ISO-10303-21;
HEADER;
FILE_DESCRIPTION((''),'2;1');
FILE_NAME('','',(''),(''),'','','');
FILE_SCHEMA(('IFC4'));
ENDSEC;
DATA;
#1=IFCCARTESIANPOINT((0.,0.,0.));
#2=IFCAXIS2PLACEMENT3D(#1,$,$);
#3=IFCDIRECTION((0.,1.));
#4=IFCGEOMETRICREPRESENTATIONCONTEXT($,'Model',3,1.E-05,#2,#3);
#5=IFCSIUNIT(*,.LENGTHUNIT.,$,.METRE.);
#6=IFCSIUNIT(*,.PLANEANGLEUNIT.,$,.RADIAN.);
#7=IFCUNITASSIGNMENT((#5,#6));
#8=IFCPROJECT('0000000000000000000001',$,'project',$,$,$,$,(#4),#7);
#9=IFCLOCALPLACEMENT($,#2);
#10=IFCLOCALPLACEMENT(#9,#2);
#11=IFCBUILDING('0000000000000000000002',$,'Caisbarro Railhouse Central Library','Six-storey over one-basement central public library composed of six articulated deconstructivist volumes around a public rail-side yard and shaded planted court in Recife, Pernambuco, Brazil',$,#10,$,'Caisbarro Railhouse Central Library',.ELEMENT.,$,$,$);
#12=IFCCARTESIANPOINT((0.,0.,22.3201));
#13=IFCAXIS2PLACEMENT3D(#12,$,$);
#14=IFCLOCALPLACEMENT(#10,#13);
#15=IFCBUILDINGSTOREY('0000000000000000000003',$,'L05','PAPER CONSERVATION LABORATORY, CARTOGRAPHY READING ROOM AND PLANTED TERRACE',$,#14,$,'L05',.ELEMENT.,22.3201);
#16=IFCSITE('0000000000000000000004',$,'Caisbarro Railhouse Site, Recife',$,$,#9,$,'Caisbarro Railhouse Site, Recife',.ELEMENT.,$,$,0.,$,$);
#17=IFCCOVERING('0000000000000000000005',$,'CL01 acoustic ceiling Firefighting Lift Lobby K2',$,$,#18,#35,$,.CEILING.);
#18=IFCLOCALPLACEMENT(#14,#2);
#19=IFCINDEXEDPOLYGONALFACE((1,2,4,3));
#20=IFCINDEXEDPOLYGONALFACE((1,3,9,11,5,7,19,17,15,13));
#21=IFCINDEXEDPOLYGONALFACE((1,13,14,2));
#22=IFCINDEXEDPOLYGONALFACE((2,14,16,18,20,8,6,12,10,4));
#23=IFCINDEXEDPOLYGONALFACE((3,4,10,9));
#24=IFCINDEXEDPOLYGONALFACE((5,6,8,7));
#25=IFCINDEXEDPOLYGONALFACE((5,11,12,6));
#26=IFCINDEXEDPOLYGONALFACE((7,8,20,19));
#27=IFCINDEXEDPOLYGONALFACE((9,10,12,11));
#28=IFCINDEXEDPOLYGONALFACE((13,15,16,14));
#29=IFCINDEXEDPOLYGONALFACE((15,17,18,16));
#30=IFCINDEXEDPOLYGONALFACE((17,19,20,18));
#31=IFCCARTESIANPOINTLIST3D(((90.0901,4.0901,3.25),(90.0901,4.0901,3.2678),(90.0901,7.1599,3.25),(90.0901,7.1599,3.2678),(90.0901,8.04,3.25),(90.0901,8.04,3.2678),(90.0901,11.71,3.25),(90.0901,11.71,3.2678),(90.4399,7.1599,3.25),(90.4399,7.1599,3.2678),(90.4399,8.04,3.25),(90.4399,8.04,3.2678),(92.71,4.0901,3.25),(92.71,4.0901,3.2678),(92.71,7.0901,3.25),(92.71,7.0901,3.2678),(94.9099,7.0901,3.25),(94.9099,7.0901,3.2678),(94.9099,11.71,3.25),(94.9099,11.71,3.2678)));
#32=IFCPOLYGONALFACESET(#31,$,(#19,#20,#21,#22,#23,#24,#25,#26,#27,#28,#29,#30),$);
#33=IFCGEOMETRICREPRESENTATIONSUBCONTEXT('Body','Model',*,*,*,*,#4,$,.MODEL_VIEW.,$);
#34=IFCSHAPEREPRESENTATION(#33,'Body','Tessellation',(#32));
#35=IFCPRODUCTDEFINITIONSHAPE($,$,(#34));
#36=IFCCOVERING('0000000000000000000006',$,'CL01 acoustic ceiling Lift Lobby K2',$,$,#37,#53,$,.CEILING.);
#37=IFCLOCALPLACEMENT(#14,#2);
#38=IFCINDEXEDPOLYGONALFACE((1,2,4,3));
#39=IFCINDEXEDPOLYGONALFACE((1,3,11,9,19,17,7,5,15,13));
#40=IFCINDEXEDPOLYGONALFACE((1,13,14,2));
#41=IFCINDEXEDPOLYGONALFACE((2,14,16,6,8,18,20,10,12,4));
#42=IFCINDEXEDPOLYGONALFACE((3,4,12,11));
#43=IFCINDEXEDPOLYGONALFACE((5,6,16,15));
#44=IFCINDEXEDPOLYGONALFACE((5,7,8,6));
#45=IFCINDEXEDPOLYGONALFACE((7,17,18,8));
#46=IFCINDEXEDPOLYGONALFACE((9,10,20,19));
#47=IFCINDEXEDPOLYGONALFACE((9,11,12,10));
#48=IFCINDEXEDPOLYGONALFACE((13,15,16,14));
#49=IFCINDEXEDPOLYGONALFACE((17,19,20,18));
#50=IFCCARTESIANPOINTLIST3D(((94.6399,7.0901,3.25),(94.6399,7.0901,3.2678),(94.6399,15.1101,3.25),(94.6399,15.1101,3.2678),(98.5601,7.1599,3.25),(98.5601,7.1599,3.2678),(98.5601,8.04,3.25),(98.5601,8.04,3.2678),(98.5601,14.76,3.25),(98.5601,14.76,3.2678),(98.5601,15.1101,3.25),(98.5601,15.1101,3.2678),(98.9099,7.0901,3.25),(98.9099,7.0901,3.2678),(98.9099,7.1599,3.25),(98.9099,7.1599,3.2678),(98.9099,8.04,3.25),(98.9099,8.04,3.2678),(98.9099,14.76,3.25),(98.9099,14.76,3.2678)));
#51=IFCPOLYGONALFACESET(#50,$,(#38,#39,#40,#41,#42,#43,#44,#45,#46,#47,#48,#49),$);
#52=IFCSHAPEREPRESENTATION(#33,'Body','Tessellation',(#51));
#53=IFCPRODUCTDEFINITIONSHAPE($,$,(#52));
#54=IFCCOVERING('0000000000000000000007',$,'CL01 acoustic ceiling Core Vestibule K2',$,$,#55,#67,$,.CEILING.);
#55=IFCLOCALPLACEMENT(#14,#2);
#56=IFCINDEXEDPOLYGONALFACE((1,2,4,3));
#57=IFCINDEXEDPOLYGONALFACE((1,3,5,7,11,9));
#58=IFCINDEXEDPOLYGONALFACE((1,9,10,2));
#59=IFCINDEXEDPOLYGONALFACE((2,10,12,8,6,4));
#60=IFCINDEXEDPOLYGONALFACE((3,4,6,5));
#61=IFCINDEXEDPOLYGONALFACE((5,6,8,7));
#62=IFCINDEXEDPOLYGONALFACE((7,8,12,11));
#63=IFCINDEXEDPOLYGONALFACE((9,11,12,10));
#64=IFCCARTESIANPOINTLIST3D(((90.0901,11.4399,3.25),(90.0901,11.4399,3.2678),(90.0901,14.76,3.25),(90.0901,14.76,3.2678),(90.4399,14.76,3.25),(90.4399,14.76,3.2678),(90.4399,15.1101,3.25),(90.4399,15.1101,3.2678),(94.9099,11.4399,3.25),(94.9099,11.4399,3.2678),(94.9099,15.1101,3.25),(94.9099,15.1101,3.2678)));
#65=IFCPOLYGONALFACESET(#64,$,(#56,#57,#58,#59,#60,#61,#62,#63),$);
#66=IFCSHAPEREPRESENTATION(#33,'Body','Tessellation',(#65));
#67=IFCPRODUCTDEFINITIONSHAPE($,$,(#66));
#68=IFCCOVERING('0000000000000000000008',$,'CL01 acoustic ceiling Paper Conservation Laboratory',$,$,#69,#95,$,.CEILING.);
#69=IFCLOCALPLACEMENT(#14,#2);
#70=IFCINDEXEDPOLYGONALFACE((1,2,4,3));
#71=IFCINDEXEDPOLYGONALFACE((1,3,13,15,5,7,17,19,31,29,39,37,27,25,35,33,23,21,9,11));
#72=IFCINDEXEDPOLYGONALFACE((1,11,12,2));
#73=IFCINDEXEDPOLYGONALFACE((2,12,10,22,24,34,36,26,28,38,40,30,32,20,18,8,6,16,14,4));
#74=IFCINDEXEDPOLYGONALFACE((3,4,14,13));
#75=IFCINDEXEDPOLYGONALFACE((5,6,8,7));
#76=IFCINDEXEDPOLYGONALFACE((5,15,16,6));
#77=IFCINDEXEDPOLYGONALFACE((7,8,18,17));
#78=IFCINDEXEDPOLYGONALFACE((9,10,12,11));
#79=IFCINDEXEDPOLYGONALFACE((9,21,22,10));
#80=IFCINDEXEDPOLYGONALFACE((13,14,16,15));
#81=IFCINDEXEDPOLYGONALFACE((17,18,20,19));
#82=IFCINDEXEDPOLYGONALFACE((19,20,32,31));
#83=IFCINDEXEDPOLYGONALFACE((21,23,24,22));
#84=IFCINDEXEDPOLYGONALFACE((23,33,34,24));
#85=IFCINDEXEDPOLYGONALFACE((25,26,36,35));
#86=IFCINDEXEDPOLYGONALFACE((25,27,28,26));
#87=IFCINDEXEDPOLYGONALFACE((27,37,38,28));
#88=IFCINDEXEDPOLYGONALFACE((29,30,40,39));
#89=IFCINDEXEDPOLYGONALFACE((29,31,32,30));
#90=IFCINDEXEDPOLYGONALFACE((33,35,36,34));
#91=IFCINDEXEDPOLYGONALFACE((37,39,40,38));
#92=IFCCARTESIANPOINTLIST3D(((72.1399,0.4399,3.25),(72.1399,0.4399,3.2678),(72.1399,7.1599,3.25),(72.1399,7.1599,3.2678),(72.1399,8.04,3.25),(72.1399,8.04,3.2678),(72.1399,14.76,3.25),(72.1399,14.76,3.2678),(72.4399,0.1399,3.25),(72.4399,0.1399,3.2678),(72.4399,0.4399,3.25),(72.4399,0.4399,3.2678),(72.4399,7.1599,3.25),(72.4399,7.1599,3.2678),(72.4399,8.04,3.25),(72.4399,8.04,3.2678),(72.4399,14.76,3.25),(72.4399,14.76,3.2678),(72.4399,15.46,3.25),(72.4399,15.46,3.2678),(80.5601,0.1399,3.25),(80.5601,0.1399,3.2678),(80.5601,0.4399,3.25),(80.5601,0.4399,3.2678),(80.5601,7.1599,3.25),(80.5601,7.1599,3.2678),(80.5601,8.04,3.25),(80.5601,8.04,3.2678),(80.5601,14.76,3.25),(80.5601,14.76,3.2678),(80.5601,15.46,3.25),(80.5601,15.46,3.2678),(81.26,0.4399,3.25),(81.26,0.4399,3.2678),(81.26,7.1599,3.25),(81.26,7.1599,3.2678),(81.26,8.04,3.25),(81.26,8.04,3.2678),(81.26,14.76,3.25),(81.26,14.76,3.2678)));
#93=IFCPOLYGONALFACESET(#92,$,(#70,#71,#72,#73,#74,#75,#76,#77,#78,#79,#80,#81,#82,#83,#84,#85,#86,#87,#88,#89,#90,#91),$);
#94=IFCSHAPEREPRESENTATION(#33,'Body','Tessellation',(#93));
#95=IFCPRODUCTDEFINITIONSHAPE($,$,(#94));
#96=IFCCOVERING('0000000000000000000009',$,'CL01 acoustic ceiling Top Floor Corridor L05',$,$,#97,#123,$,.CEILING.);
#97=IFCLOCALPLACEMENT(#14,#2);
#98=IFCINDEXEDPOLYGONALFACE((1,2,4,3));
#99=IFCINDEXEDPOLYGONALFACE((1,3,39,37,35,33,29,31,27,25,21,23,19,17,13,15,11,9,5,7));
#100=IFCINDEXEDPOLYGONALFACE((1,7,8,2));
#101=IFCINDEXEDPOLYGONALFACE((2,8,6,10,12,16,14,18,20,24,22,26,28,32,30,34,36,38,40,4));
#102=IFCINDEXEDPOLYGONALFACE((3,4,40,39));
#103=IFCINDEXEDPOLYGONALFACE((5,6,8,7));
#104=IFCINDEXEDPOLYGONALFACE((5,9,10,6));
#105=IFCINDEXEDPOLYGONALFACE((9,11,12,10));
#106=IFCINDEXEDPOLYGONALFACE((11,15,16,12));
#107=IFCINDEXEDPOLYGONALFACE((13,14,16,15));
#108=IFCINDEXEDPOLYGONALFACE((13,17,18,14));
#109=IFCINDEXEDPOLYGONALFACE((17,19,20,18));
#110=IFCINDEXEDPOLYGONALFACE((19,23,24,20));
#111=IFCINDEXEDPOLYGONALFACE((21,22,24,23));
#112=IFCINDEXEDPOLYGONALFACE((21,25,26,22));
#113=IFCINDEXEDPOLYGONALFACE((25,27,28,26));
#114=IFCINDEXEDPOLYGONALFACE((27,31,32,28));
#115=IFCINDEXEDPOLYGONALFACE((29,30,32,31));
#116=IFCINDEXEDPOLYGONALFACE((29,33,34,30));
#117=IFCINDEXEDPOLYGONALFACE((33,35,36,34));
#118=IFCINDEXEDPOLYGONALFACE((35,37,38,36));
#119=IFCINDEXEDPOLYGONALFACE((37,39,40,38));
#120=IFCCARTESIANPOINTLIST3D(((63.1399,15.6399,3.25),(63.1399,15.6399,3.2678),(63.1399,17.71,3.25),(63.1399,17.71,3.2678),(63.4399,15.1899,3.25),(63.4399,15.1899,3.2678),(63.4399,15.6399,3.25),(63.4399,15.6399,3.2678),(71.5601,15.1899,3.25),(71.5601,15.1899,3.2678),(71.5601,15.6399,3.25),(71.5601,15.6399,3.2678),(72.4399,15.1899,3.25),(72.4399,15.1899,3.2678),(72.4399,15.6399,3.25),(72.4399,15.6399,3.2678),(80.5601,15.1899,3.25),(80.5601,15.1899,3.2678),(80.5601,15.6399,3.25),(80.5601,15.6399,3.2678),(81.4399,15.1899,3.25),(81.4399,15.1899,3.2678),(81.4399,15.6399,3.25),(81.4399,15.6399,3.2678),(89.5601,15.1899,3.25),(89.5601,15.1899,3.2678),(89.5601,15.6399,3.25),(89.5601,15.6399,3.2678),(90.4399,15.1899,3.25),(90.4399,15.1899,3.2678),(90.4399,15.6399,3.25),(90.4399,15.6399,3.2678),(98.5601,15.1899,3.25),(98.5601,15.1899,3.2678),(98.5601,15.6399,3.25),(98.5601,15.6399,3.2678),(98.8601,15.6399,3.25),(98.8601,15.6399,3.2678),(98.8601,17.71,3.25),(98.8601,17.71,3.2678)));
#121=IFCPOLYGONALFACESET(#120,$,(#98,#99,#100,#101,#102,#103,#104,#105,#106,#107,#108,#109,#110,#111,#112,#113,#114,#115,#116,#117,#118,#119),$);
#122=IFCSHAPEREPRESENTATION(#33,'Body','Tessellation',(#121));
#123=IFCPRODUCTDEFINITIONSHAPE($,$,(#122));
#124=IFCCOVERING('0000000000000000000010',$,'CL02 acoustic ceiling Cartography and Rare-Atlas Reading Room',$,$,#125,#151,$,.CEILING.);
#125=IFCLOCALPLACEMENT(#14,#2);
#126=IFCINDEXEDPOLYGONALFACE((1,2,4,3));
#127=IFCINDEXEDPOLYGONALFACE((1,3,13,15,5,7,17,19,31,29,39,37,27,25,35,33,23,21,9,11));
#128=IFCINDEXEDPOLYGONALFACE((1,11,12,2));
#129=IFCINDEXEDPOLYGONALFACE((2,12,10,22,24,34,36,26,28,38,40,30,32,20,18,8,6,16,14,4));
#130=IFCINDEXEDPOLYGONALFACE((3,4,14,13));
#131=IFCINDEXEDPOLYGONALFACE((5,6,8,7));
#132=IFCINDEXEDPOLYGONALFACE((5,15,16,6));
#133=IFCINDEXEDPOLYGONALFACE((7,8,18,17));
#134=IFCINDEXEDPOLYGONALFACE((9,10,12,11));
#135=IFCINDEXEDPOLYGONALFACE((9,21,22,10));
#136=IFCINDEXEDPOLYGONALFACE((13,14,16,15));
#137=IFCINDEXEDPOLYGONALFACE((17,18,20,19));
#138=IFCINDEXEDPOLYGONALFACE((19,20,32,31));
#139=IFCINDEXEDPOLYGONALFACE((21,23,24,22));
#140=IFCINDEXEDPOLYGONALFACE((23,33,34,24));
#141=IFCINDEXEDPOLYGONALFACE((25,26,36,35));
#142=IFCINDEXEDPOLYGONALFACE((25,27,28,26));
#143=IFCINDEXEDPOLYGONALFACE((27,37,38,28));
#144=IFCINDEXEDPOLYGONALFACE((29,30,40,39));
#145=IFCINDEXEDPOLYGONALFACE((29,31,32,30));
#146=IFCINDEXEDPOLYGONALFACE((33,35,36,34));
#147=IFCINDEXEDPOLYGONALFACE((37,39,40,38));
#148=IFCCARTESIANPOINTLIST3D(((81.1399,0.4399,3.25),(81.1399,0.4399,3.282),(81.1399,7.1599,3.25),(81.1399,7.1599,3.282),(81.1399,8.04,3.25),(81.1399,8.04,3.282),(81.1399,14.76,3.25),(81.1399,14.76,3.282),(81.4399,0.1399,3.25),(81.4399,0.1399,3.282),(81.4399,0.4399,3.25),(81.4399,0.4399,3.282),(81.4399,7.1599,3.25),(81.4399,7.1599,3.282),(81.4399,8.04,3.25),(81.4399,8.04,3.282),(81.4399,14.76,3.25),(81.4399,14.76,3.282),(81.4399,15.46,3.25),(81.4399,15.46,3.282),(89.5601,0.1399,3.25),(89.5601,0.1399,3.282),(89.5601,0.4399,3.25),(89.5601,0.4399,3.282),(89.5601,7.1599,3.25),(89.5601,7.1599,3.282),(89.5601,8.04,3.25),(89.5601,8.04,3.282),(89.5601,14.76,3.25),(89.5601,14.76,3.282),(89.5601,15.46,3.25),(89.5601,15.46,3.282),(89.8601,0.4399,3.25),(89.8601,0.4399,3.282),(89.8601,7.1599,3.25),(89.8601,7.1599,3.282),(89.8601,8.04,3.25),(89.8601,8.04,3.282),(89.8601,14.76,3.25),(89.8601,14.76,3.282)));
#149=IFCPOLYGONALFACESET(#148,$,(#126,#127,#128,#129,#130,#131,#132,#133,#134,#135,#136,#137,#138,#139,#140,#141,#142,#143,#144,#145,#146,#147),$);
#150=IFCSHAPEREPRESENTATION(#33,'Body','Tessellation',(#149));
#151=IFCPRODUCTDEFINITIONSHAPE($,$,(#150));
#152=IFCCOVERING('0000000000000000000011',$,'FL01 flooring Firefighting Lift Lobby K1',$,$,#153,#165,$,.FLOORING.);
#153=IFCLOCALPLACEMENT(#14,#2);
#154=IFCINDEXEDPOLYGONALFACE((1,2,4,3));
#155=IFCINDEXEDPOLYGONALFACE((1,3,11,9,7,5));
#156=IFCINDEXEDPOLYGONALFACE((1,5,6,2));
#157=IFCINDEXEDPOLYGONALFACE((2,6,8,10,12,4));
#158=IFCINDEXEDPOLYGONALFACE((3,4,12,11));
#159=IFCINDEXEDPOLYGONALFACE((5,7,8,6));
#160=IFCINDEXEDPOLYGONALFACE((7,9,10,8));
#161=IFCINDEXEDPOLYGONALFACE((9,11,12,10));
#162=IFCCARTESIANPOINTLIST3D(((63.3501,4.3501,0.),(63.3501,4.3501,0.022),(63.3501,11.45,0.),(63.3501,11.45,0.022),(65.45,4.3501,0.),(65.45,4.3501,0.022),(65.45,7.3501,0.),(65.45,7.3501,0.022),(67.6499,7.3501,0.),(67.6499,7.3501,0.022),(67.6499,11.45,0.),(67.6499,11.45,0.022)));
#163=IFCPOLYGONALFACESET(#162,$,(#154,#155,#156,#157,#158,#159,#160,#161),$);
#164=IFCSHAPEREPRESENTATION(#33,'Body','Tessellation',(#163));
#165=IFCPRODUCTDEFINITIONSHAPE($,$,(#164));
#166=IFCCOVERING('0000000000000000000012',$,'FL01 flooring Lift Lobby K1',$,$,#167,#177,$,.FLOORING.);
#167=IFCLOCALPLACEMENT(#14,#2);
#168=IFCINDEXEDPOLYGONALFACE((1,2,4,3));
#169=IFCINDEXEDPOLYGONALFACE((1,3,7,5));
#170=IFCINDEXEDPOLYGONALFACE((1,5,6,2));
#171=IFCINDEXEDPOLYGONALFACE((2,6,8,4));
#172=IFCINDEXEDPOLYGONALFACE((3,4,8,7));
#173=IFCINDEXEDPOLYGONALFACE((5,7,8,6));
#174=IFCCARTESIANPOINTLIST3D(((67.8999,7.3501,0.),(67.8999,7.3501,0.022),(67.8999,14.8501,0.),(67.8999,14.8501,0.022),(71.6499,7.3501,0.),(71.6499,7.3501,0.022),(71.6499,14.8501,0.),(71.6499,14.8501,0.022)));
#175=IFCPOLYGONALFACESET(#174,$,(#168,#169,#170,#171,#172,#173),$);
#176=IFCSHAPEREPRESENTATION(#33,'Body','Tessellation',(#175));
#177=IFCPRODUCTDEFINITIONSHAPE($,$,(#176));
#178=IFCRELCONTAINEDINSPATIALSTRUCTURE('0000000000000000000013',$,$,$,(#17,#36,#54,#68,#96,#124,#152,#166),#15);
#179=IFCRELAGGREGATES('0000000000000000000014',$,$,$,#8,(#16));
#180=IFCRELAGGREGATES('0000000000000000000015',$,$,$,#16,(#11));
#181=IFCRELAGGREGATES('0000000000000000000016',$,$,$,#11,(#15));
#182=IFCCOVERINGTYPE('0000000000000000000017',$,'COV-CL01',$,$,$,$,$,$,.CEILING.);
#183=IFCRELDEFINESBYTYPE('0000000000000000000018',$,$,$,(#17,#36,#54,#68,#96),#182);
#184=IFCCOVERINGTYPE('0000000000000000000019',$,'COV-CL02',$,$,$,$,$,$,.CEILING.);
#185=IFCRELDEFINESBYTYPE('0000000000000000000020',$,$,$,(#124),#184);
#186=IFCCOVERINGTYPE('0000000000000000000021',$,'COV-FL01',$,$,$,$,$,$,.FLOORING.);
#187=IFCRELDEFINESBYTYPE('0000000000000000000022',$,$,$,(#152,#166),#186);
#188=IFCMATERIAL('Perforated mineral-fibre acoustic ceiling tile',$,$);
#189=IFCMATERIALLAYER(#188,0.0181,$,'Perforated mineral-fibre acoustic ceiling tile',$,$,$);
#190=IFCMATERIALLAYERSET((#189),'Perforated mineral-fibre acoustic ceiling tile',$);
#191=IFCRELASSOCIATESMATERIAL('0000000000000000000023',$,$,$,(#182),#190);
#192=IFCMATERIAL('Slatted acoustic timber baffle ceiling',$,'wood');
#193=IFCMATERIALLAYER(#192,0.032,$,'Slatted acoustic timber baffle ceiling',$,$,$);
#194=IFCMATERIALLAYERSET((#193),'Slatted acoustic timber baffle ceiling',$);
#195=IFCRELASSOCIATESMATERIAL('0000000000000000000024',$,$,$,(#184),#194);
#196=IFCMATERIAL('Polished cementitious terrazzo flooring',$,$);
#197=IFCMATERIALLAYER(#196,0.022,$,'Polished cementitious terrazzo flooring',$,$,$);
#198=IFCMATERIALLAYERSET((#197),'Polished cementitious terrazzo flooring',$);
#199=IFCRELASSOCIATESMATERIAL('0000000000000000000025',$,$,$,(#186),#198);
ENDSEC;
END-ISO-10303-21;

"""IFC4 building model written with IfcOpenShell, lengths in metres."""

from ifc_helpers import new_model, si_unit, direction, frame, origin, place, context, subcontext, project, spatial, polyline, outline, extrude, material, layer, layer_set, type_object, element, save


model = new_model("IFC4")

# Units and contexts
model_context = context("Model", 3, precision=1e-05, world=origin(), true_north=direction((0.0, 1.0)))
body_context = subcontext(model_context, "Body", "Model", "MODEL_VIEW")
ifc_project = project(units=[si_unit("LENGTHUNIT", "METRE"), si_unit("PLANEANGLEUNIT", "RADIAN")], contexts=[model_context])

# Site, building, storey
site_placement = place(None, origin())
site = spatial("IfcSite", under=ifc_project, at=site_placement, Name="Caisbarro Railhouse Site, Recife", LongName="Caisbarro Railhouse Site, Recife", CompositionType="ELEMENT", RefElevation=0.0)
building_placement = place(site_placement, origin())
building = spatial("IfcBuilding", under=site, at=building_placement, Name="Caisbarro Railhouse Central Library", Description="Six-storey over one-basement central public library composed of six articulated deconstructivist volumes around a public rail-side yard and shaded planted court in Recife, Pernambuco, Brazil", LongName="Caisbarro Railhouse Central Library", CompositionType="ELEMENT")
storey_placement = place(building_placement, frame((0.0, 0.0, 22.3201)))
storey = spatial("IfcBuildingStorey", under=building, at=storey_placement, Name="L05", Description="PAPER CONSERVATION LABORATORY, CARTOGRAPHY READING ROOM AND PLANTED TERRACE", LongName="L05", CompositionType="ELEMENT", Elevation=22.3201)

# Coverings
ifc_material_1 = material(Name="Perforated mineral-fibre acoustic ceiling tile")
ifc_layer_1 = layer(ifc_material_1, 0.0181, Name="Perforated mineral-fibre acoustic ceiling tile")
ifc_layer_set_1 = layer_set([ifc_layer_1], Name="Perforated mineral-fibre acoustic ceiling tile")
covering_type_1 = type_object("IfcCoveringType", Name="COV-CL01", PredefinedType="CEILING", material=ifc_layer_set_1)
covering_1_placement = place(storey_placement, frame((0.0, 0.0, 3.25)))
element("IfcCovering", 1, at=covering_1_placement, inside=storey, type_object=covering_type_1, Name="CL01 acoustic ceiling Firefighting Lift Lobby K2", PredefinedType="CEILING", context=body_context, shape_type="SweptSolid", body=[
    extrude(outline(polyline([(90.0901, 7.1599), (90.4399, 7.1599), (90.4399, 8.04), (90.0901, 8.04), (90.0901, 11.71), (94.9099, 11.71), (94.9099, 7.0901), (92.71, 7.0901), (92.71, 4.0901), (90.0901, 4.0901), (90.0901, 7.1599)])), origin(), (0.0, 0.0, 1.0), 0.0178),
])
covering_2_placement = place(storey_placement, frame((0.0, 0.0, 3.25)))
element("IfcCovering", 2, at=covering_2_placement, inside=storey, type_object=covering_type_1, Name="CL01 acoustic ceiling Lift Lobby K2", PredefinedType="CEILING", context=body_context, shape_type="SweptSolid", body=[
    extrude(outline(polyline([(98.5601, 15.1101), (98.5601, 14.76), (98.9099, 14.76), (98.9099, 8.04), (98.5601, 8.04), (98.5601, 7.1599), (98.9099, 7.1599), (98.9099, 7.0901), (94.6399, 7.0901), (94.6399, 15.1101), (98.5601, 15.1101)])), origin(), (0.0, 0.0, 1.0), 0.0178),
])
covering_3_placement = place(storey_placement, frame((0.0, 0.0, 3.25)))
element("IfcCovering", 3, at=covering_3_placement, inside=storey, type_object=covering_type_1, Name="CL01 acoustic ceiling Core Vestibule K2", PredefinedType="CEILING", context=body_context, shape_type="SweptSolid", body=[
    extrude(outline(polyline([(90.0901, 14.76), (90.4399, 14.76), (90.4399, 15.1101), (94.9099, 15.1101), (94.9099, 11.4399), (90.0901, 11.4399), (90.0901, 14.76)])), origin(), (0.0, 0.0, 1.0), 0.0178),
])
covering_4_placement = place(storey_placement, frame((0.0, 0.0, 3.25)))
element("IfcCovering", 4, at=covering_4_placement, inside=storey, type_object=covering_type_1, Name="CL01 acoustic ceiling Paper Conservation Laboratory", PredefinedType="CEILING", context=body_context, shape_type="SweptSolid", body=[
    extrude(outline(polyline([(72.1399, 0.4399), (72.1399, 7.1599), (72.4399, 7.1599), (72.4399, 8.04), (72.1399, 8.04), (72.1399, 14.76), (72.4399, 14.76), (72.4399, 15.46), (80.5601, 15.46), (80.5601, 14.76), (81.26, 14.76), (81.26, 8.04), (80.5601, 8.04), (80.5601, 7.1599), (81.26, 7.1599), (81.26, 0.4399), (80.5601, 0.4399), (80.5601, 0.1399), (72.4399, 0.1399), (72.4399, 0.4399), (72.1399, 0.4399)])), origin(), (0.0, 0.0, 1.0), 0.0178),
])
covering_5_placement = place(storey_placement, frame((0.0, 0.0, 3.25)))
element("IfcCovering", 5, at=covering_5_placement, inside=storey, type_object=covering_type_1, Name="CL01 acoustic ceiling Top Floor Corridor L05", PredefinedType="CEILING", context=body_context, shape_type="SweptSolid", body=[
    extrude(outline(polyline([(90.4399, 15.6399), (89.5601, 15.6399), (89.5601, 15.1899), (81.4399, 15.1899), (81.4399, 15.6399), (80.5601, 15.6399), (80.5601, 15.1899), (72.4399, 15.1899), (72.4399, 15.6399), (71.5601, 15.6399), (71.5601, 15.1899), (63.4399, 15.1899), (63.4399, 15.6399), (63.1399, 15.6399), (63.1399, 17.71), (98.8601, 17.71), (98.8601, 15.6399), (98.5601, 15.6399), (98.5601, 15.1899), (90.4399, 15.1899), (90.4399, 15.6399)])), origin(), (0.0, 0.0, 1.0), 0.0178),
])
ifc_material_2 = material(Name="Slatted acoustic timber baffle ceiling", Category="wood")
ifc_layer_2 = layer(ifc_material_2, 0.032, Name="Slatted acoustic timber baffle ceiling")
ifc_layer_set_2 = layer_set([ifc_layer_2], Name="Slatted acoustic timber baffle ceiling")
covering_type_2 = type_object("IfcCoveringType", Name="COV-CL02", PredefinedType="CEILING", material=ifc_layer_set_2)
covering_6_placement = place(storey_placement, frame((0.0, 0.0, 3.25)))
element("IfcCovering", 6, at=covering_6_placement, inside=storey, type_object=covering_type_2, Name="CL02 acoustic ceiling Cartography and Rare-Atlas Reading Room", PredefinedType="CEILING", context=body_context, shape_type="SweptSolid", body=[
    extrude(outline(polyline([(81.1399, 0.4399), (81.1399, 7.1599), (81.4399, 7.1599), (81.4399, 8.04), (81.1399, 8.04), (81.1399, 14.76), (81.4399, 14.76), (81.4399, 15.46), (89.5601, 15.46), (89.5601, 14.76), (89.8601, 14.76), (89.8601, 8.04), (89.5601, 8.04), (89.5601, 7.1599), (89.8601, 7.1599), (89.8601, 0.4399), (89.5601, 0.4399), (89.5601, 0.1399), (81.4399, 0.1399), (81.4399, 0.4399), (81.1399, 0.4399)])), origin(), (0.0, 0.0, 1.0), 0.032),
])
ifc_material_3 = material(Name="Polished cementitious terrazzo flooring")
ifc_layer_3 = layer(ifc_material_3, 0.022, Name="Polished cementitious terrazzo flooring")
ifc_layer_set_3 = layer_set([ifc_layer_3], Name="Polished cementitious terrazzo flooring")
covering_type_3 = type_object("IfcCoveringType", Name="COV-FL01", PredefinedType="FLOORING", material=ifc_layer_set_3)
covering_7_placement = place(storey_placement, origin())
element("IfcCovering", 7, at=covering_7_placement, inside=storey, type_object=covering_type_3, Name="FL01 flooring Firefighting Lift Lobby K1", PredefinedType="FLOORING", context=body_context, shape_type="SweptSolid", body=[
    extrude(outline(polyline([(63.3501, 4.3501), (65.45, 4.3501), (65.45, 7.3501), (67.6499, 7.3501), (67.6499, 11.45), (63.3501, 11.45), (63.3501, 4.3501)])), origin(), (0.0, 0.0, 1.0), 0.022),
])
covering_8_placement = place(storey_placement, origin())
element("IfcCovering", 8, at=covering_8_placement, inside=storey, type_object=covering_type_3, Name="FL01 flooring Lift Lobby K1", PredefinedType="FLOORING", context=body_context, shape_type="SweptSolid", body=[
    extrude(outline(polyline([(67.8999, 7.3501), (71.6499, 7.3501), (71.6499, 14.8501), (67.8999, 14.8501), (67.8999, 7.3501)])), origin(), (0.0, 0.0, 1.0), 0.022),
])

save(model, "model.ifc")
